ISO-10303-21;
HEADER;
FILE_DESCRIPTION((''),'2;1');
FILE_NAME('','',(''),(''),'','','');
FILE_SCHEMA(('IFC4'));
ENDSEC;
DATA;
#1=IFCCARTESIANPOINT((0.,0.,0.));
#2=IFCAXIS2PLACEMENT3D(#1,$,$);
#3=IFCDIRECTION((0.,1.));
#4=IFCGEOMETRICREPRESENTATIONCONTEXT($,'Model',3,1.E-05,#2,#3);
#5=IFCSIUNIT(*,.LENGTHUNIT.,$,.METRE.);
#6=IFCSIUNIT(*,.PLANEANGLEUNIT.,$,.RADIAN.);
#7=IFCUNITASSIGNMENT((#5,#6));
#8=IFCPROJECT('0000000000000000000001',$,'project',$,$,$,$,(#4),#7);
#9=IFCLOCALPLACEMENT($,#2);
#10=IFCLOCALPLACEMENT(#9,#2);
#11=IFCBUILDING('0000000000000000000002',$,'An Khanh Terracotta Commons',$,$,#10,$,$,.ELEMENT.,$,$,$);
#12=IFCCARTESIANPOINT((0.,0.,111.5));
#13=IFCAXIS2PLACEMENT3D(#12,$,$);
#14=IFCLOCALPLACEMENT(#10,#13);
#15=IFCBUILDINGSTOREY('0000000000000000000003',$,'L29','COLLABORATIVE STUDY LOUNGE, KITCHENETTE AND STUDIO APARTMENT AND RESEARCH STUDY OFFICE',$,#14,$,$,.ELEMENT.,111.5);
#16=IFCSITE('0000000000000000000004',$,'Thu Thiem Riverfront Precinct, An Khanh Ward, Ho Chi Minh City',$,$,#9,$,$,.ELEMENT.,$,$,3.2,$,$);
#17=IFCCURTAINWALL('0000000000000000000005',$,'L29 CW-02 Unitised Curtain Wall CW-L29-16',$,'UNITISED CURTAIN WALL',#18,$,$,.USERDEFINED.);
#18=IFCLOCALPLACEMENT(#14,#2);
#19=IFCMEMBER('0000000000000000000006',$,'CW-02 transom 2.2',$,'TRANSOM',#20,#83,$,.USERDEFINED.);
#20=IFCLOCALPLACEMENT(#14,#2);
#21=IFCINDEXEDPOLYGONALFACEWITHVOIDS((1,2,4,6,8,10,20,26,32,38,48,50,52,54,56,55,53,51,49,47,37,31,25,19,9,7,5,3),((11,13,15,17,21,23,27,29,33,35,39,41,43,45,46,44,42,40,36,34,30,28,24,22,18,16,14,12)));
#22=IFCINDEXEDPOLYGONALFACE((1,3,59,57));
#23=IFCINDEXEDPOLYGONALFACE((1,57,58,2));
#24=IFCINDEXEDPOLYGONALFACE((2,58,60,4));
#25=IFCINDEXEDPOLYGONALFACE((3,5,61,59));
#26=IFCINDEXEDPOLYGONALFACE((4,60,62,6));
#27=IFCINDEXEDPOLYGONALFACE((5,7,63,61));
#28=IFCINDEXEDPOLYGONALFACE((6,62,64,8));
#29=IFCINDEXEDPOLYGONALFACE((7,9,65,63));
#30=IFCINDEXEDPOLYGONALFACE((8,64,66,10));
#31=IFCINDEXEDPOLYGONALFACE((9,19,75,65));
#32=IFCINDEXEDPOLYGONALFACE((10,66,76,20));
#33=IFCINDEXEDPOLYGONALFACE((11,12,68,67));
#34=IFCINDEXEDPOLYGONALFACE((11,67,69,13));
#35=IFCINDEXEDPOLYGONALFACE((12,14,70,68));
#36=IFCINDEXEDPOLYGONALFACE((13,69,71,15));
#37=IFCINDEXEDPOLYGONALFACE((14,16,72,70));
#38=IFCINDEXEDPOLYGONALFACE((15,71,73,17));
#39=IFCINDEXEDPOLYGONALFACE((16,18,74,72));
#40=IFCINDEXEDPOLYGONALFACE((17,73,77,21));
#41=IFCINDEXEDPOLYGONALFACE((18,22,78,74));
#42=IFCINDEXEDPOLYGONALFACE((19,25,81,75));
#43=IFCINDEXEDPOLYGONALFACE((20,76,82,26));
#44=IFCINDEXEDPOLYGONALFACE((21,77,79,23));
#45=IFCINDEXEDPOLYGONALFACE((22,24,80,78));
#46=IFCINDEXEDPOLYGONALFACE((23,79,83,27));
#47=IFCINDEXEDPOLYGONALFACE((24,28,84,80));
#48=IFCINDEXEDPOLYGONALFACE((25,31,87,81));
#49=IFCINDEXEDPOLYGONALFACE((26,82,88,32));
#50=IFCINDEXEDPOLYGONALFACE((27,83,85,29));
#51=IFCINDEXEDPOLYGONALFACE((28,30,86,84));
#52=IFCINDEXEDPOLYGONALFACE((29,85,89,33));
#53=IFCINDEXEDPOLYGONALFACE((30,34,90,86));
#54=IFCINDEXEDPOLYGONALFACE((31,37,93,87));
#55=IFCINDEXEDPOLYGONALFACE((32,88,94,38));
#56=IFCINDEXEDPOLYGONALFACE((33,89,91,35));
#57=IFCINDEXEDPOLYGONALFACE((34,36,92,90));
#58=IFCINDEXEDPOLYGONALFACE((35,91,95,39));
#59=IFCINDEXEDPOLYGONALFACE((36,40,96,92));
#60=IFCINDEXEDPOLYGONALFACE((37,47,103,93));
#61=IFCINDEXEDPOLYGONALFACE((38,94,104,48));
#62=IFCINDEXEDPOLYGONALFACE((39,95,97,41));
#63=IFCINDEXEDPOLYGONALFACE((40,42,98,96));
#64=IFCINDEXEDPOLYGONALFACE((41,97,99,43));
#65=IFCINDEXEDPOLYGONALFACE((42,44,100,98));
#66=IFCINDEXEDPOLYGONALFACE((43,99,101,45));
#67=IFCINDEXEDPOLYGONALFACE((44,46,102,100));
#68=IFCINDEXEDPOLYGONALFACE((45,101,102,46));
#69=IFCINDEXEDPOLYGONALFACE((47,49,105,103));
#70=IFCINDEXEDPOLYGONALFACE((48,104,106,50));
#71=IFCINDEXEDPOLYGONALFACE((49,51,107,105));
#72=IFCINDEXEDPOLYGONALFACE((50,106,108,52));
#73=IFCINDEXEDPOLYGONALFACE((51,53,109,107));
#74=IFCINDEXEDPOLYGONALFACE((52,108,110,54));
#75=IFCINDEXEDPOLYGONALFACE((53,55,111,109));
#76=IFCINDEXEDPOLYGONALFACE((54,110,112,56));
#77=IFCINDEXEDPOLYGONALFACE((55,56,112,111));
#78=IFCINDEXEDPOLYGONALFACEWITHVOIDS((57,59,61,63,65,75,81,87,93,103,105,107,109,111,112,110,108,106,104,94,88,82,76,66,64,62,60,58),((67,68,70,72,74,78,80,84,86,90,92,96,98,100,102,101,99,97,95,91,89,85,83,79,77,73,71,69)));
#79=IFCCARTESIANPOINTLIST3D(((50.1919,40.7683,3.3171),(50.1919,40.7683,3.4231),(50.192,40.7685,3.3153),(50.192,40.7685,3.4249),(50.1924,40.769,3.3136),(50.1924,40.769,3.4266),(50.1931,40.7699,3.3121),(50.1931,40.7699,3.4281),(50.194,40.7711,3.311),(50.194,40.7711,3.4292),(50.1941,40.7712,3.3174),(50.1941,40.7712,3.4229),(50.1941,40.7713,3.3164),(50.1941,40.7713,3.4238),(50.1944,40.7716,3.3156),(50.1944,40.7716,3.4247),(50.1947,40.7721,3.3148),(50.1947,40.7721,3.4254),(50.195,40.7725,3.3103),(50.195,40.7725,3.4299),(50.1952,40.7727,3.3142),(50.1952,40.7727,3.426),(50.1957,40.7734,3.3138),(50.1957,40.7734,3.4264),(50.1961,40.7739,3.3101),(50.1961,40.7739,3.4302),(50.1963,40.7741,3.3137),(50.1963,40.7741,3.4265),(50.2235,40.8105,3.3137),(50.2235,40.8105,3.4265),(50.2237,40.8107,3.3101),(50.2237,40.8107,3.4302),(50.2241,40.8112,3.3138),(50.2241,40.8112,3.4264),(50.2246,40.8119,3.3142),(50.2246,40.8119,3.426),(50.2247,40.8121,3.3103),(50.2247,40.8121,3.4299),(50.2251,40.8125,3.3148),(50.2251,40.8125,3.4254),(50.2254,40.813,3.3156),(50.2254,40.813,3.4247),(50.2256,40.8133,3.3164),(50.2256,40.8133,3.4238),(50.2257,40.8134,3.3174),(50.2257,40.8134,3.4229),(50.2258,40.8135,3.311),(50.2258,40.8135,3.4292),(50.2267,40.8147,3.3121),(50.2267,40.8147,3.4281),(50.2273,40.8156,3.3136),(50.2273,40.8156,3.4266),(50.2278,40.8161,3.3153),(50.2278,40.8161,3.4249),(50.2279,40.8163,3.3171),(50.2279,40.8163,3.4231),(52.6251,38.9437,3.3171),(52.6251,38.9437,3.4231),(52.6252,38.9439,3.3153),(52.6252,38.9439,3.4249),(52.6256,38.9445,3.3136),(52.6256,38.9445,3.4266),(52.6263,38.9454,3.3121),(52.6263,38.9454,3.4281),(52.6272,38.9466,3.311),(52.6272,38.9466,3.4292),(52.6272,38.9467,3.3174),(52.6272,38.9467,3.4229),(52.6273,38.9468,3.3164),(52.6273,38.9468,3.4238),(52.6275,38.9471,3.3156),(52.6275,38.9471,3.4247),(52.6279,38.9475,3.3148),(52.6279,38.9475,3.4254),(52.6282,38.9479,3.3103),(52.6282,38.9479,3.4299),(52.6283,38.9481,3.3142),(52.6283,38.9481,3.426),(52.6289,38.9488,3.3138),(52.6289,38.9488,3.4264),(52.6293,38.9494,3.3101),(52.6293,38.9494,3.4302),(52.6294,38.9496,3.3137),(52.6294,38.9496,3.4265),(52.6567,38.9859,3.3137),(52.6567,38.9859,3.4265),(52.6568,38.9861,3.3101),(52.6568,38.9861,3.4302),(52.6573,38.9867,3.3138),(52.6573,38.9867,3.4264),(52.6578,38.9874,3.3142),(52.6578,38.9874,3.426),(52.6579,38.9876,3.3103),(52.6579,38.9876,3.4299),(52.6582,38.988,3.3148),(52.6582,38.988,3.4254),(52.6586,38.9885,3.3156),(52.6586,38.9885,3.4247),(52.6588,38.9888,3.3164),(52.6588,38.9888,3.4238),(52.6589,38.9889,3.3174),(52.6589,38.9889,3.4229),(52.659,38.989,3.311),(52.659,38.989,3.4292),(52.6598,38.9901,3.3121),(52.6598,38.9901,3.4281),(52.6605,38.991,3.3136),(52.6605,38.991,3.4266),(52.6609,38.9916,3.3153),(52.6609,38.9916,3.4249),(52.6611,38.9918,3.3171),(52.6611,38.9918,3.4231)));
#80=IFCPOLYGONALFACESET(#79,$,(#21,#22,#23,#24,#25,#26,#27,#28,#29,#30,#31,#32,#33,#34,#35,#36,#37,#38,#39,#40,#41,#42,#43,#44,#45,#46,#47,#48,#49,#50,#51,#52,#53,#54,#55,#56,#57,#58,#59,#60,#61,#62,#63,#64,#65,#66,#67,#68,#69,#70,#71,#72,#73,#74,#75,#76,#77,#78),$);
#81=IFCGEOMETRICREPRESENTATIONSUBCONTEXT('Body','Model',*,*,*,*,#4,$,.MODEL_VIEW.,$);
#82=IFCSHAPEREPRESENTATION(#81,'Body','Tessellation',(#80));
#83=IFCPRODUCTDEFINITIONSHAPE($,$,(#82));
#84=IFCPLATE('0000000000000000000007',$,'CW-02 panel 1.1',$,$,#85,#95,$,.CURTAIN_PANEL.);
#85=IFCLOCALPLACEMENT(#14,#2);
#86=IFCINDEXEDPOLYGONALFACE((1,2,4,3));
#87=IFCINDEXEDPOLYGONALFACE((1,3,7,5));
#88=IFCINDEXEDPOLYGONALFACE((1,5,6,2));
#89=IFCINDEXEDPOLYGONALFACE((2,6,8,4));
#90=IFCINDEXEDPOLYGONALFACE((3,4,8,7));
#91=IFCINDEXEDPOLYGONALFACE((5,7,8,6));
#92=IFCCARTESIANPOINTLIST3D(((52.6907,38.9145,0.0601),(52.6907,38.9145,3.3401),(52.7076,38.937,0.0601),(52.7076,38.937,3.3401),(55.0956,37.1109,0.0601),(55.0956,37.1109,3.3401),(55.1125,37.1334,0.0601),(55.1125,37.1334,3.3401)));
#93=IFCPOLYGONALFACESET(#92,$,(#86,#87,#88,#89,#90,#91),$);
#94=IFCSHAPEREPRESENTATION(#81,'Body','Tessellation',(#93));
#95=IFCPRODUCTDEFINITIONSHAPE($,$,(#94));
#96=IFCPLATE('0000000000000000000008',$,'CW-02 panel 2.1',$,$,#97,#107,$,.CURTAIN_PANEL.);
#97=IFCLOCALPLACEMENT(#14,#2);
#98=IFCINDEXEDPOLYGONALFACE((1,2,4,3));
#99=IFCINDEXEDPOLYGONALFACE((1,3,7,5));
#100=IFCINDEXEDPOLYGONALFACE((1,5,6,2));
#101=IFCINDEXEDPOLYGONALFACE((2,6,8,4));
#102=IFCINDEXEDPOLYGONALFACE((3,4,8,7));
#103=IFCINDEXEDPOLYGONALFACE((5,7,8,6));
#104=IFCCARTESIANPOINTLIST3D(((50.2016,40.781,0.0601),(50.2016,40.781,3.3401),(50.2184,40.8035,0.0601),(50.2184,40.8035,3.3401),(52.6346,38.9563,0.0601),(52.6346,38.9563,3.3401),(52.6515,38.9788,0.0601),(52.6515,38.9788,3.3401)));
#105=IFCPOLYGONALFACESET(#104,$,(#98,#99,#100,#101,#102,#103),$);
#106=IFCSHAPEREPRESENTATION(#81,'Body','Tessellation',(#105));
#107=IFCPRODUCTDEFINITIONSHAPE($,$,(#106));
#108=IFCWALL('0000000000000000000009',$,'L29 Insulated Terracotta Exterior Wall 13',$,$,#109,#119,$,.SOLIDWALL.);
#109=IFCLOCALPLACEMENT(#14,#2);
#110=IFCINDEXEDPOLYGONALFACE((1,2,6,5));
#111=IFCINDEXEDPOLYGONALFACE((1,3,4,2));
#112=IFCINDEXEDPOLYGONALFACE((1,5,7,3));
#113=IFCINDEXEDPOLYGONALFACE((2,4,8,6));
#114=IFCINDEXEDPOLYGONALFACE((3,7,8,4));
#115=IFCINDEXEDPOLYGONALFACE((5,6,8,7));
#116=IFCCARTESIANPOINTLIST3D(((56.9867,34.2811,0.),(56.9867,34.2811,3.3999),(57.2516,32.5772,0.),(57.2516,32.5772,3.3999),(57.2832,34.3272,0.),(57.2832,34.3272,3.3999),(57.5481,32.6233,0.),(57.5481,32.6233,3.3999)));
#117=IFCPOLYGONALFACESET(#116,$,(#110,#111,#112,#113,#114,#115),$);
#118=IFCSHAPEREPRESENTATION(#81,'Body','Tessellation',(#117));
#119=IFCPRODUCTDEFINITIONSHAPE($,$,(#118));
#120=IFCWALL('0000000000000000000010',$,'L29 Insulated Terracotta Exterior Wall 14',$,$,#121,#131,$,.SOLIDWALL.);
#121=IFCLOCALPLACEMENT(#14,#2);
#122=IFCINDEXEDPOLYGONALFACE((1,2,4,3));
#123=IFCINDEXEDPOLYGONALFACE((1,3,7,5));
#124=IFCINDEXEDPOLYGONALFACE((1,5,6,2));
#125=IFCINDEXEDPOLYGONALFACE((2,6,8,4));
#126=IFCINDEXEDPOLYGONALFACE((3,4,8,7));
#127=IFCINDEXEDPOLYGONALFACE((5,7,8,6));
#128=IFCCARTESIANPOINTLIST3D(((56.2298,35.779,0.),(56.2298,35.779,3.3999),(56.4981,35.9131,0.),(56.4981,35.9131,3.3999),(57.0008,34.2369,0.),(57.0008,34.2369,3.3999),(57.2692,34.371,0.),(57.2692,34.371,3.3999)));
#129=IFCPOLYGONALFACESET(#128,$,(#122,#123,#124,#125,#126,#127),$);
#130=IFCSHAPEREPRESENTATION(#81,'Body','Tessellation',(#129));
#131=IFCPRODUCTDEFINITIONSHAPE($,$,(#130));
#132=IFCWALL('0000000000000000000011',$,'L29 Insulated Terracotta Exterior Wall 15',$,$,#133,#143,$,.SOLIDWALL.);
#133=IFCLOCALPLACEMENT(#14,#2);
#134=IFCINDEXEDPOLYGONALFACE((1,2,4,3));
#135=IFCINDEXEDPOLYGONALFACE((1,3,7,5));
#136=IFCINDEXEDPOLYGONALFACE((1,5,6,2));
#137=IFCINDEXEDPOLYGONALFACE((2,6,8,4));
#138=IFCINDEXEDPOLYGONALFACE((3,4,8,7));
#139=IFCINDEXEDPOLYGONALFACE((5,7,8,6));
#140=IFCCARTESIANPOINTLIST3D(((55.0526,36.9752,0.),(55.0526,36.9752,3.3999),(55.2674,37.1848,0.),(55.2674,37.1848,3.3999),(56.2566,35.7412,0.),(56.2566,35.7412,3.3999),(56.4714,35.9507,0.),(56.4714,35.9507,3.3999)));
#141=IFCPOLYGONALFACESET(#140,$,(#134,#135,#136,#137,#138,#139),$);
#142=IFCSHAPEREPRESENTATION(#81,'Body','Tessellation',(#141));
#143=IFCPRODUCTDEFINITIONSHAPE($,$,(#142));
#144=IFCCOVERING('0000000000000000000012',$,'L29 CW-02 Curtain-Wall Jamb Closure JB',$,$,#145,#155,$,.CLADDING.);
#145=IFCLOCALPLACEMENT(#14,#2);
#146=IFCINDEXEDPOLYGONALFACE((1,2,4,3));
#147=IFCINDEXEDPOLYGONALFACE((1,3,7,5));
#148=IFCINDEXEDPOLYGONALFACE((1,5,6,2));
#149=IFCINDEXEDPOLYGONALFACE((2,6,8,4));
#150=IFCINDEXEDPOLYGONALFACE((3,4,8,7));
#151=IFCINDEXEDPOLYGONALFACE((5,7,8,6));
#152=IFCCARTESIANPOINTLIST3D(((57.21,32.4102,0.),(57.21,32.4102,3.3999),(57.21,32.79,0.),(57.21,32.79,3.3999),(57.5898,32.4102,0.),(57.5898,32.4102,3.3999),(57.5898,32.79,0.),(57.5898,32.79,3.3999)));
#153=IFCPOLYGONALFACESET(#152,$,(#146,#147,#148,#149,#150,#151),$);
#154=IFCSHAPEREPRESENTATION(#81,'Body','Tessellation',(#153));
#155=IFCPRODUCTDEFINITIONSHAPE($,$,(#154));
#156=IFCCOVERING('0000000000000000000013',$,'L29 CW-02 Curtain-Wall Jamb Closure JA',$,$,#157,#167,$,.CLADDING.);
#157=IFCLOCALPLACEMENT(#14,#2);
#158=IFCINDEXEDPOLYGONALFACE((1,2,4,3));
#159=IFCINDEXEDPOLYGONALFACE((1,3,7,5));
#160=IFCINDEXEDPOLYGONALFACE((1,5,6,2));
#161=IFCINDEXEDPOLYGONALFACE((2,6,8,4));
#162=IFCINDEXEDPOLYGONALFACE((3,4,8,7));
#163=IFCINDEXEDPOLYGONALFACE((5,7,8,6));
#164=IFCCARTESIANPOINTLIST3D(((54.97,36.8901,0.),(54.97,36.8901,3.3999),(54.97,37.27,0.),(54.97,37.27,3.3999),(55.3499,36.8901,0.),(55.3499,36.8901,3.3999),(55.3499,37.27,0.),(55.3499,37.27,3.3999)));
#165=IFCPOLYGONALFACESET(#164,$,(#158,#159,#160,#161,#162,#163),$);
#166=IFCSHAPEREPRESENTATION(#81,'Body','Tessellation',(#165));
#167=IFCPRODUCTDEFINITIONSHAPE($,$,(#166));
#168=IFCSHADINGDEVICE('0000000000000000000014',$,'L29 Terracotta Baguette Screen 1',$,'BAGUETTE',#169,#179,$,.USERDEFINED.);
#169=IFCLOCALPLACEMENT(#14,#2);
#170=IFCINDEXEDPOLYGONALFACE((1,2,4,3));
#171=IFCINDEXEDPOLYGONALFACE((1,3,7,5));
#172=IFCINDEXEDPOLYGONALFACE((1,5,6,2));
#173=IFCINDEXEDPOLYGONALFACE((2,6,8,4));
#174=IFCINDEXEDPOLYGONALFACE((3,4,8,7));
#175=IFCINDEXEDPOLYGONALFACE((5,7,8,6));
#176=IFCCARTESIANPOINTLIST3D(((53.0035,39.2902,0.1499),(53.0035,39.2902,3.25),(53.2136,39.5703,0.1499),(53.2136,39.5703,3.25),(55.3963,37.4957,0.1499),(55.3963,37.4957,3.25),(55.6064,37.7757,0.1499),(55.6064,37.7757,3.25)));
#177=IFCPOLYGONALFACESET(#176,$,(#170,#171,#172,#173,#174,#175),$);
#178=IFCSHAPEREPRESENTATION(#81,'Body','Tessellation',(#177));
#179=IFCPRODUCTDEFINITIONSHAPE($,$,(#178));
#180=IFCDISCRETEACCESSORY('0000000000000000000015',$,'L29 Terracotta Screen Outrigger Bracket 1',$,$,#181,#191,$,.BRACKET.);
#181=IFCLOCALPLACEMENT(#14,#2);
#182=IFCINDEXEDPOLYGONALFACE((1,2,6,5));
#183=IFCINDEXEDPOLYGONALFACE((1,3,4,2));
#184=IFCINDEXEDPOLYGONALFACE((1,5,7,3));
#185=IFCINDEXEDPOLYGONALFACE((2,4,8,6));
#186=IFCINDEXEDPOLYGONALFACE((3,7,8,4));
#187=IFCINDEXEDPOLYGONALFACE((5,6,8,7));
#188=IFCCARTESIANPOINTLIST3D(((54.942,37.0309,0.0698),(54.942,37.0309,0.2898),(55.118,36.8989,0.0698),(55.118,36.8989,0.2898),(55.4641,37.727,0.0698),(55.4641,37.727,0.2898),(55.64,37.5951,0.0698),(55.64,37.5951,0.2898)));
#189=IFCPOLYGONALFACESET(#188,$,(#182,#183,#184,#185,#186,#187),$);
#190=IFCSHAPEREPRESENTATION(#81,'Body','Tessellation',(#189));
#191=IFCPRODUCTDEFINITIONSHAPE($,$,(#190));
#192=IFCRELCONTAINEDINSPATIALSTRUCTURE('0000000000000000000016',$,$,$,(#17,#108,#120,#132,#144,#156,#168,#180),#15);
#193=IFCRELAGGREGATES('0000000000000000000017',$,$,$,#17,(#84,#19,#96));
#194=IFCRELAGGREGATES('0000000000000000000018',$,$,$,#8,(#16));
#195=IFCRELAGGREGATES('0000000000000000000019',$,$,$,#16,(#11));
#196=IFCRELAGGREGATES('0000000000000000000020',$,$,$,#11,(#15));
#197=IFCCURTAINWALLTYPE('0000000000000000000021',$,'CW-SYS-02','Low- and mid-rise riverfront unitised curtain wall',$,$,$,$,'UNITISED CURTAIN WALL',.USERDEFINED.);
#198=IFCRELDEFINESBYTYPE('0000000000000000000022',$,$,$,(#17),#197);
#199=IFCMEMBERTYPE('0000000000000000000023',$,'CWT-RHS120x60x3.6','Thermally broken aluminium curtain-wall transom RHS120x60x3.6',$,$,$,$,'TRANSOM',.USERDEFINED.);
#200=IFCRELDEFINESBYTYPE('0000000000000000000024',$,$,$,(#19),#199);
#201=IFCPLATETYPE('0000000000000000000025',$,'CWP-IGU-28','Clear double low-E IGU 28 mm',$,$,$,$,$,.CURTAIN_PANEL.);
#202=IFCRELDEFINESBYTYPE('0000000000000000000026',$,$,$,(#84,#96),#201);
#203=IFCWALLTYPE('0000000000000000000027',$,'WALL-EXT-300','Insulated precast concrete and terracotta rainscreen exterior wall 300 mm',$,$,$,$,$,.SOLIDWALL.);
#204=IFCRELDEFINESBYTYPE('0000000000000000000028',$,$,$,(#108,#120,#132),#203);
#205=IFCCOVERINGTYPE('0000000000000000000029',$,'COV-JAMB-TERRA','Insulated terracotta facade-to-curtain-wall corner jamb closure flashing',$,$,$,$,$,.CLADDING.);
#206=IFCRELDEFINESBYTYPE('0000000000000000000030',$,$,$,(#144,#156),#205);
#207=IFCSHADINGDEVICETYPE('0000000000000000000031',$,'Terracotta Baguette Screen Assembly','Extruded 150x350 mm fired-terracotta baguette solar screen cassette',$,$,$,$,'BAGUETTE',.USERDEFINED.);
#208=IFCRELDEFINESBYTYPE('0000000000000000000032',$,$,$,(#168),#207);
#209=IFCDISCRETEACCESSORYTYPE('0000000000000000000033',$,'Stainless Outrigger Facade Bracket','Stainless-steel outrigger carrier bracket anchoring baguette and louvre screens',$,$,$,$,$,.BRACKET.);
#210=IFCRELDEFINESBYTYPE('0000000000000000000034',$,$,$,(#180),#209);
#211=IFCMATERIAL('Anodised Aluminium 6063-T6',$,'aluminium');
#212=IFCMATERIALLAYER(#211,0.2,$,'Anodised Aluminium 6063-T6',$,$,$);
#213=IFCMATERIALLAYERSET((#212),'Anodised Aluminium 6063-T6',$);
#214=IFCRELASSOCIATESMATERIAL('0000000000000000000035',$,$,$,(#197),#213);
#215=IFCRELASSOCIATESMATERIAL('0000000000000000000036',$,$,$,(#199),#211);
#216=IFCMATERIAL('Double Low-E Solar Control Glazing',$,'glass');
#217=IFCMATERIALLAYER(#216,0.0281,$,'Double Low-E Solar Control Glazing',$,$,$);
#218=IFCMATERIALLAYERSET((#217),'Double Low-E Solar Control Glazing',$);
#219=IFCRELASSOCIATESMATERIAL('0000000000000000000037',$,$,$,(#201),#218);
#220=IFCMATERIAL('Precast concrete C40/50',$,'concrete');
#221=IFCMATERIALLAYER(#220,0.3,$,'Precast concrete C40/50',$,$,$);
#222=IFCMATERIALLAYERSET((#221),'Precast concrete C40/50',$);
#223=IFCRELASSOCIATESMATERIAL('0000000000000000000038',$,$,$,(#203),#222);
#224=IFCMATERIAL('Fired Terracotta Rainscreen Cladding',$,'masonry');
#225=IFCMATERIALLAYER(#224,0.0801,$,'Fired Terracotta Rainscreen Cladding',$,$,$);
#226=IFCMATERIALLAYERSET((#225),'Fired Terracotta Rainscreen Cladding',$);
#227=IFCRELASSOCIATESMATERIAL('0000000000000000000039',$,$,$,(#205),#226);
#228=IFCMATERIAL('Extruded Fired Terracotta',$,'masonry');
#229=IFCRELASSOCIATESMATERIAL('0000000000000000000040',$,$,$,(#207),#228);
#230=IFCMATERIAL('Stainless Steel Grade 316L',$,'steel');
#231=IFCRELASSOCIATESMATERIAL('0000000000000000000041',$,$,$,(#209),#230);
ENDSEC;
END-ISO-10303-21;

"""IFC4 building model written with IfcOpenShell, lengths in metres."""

from ifc_helpers import new_model, si_unit, direction, frame, frame_2d, origin, origin_2d, place, context, subcontext, project, spatial, rectangle, hollow_rectangle, extrude, material, layer, layer_set, material_profile, profile_set, type_object, element, aggregate, save


model = new_model("IFC4")

# Units and contexts
model_context = context("Model", 3, precision=1e-05, world=origin(), true_north=direction((0.0, 1.0)))
body_context = subcontext(model_context, "Body", "Model", "MODEL_VIEW")
ifc_project = project(units=[si_unit("LENGTHUNIT", "METRE"), si_unit("PLANEANGLEUNIT", "RADIAN")], contexts=[model_context])

# Site, building, storey
site_placement = place(None, origin())
site = spatial("IfcSite", under=ifc_project, at=site_placement, Name="Thu Thiem Riverfront Precinct, An Khanh Ward, Ho Chi Minh City", CompositionType="ELEMENT", RefElevation=3.2)
building_placement = place(site_placement, origin())
building = spatial("IfcBuilding", under=site, at=building_placement, Name="An Khanh Terracotta Commons", CompositionType="ELEMENT")
storey_placement = place(building_placement, frame((0.0, 0.0, 111.5)))
storey = spatial("IfcBuildingStorey", under=building, at=storey_placement, Name="L29", Description="COLLABORATIVE STUDY LOUNGE, KITCHENETTE AND STUDIO APARTMENT AND RESEARCH STUDY OFFICE", CompositionType="ELEMENT", Elevation=111.5)

# Shared definitions
ifc_material_1 = material(Name="Anodised Aluminium 6063-T6", Category="aluminium")
ifc_layer_1 = layer(ifc_material_1, 0.2, Name="Anodised Aluminium 6063-T6")
ifc_layer_set_1 = layer_set([ifc_layer_1], Name="Anodised Aluminium 6063-T6")
curtain_wall_type = type_object("IfcCurtainWallType", Name="CW-SYS-02", Description="Low- and mid-rise riverfront unitised curtain wall", ElementType="UNITISED CURTAIN WALL", PredefinedType="USERDEFINED", material=ifc_layer_set_1)

# Curtain wall, member, plates
curtain_wall_1_placement = place(storey_placement, origin())
curtain_wall_1 = element("IfcCurtainWall", 1, at=curtain_wall_1_placement, inside=storey, type_object=curtain_wall_type, Name="L29 CW-02 Unitised Curtain Wall CW-L29-16", ObjectType="UNITISED CURTAIN WALL", PredefinedType="USERDEFINED")
ifc_material_profile_1 = material_profile(ifc_material_1, hollow_rectangle(XDim=0.0601, YDim=0.1201, WallThickness=0.0037, InnerFilletRadius=0.0037, OuterFilletRadius=0.0071, at=origin_2d()), Name="RHS120x60x3.6")
ifc_profile_set_1 = profile_set([ifc_material_profile_1], Name="Anodised Aluminium 6063-T6")
member_type_1 = type_object("IfcMemberType", Name="CWT-RHS120x60x3.6", Description="Thermally broken aluminium curtain-wall transom RHS120x60x3.6", ElementType="TRANSOM", PredefinedType="USERDEFINED", material=ifc_profile_set_1)
member_1_placement = place(storey_placement, frame((52.6431, 38.9678, 3.3701), z_axis=(-0.800058, 0.599923, 0.0), x_axis=(-0.599923, -0.800058, 0.0)))
member_1 = element("IfcMember", 2, at=member_1_placement, type_object=member_type_1, Name="CW-02 transom 2.2", ObjectType="TRANSOM", PredefinedType="USERDEFINED", context=body_context, shape_type="SweptSolid", body=[
    extrude(hollow_rectangle(XDim=0.0601, YDim=0.1201, WallThickness=0.0037, InnerFilletRadius=0.0037, OuterFilletRadius=0.0071, at=origin_2d()), origin(), (0.0, 0.0, 1.0), 3.0413),
])
ifc_material_2 = material(Name="Double Low-E Solar Control Glazing", Category="glass")
ifc_layer_2 = layer(ifc_material_2, 0.0281, Name="Double Low-E Solar Control Glazing")
ifc_layer_set_2 = layer_set([ifc_layer_2], Name="Double Low-E Solar Control Glazing")
plate_type = type_object("IfcPlateType", Name="CWP-IGU-28", Description="Clear double low-E IGU 28 mm", PredefinedType="CURTAIN_PANEL", material=ifc_layer_set_2)
plate_1_placement = place(storey_placement, frame((53.9016, 38.0239, 0.0601), z_axis=(0.0, 0.0, 1.0), x_axis=(-0.800013, 0.599983, 0.0)))
plate_1 = element("IfcPlate", 3, at=plate_1_placement, type_object=plate_type, Name="CW-02 panel 1.1", PredefinedType="CURTAIN_PANEL", context=body_context, shape_type="SweptSolid", body=[
    extrude(rectangle(XDim=3.0061, YDim=0.0281, at=origin_2d()), origin(), (0.0, 0.0, 1.0), 3.28),
])
plate_2_placement = place(storey_placement, frame((51.4265, 39.8799, 0.0601), z_axis=(0.0, 0.0, 1.0), x_axis=(-0.800013, 0.599983, 0.0)))
plate_2 = element("IfcPlate", 4, at=plate_2_placement, type_object=plate_type, Name="CW-02 panel 2.1", PredefinedType="CURTAIN_PANEL", context=body_context, shape_type="SweptSolid", body=[
    extrude(rectangle(XDim=3.0413, YDim=0.0281, at=origin_2d()), origin(), (0.0, 0.0, 1.0), 3.28),
])
aggregate(curtain_wall_1, [plate_1, member_1, plate_2])

# Walls
ifc_material_3 = material(Name="Precast concrete C40/50", Category="concrete")
ifc_layer_3 = layer(ifc_material_3, 0.3, Name="Precast concrete C40/50")
ifc_layer_set_3 = layer_set([ifc_layer_3], Name="Precast concrete C40/50")
wall_type = type_object("IfcWallType", Name="WALL-EXT-300", Description="Insulated precast concrete and terracotta rainscreen exterior wall 300 mm", PredefinedType="SOLIDWALL", material=ifc_layer_set_3)
wall_placement = place(storey_placement, frame((57.3999, 32.6001, 0.0), z_axis=(0.0, 0.0, 1.0), x_axis=(-0.153621, 0.98813, 0.0)))
element("IfcWall", 5, at=wall_placement, inside=storey, type_object=wall_type, Name="L29 Insulated Terracotta Exterior Wall 13", PredefinedType="SOLIDWALL", context=body_context, shape_type="SweptSolid", body=[
    extrude(rectangle(XDim=1.7244, YDim=0.3, at=frame_2d((0.8623, 0.0))), origin(), (0.0, 0.0, 1.0), 3.3999),
])
for number, where, z_axis, x_axis, name in (
    (6, (57.135, 34.304, 0.0), (0.0, 0.0, 1.0), (-0.447214, 0.894427, 0.0), "L29 Insulated Terracotta Exterior Wall 14"),
    (7, (56.364, 35.8459, 0.0), (0.0, 0.0, 1.0), (-0.698345, 0.715761, 0.0), "L29 Insulated Terracotta Exterior Wall 15"),
):
    element("IfcWall", number, at=place(storey_placement, frame(where, z_axis=z_axis, x_axis=x_axis)), inside=storey, type_object=wall_type, Name=name, PredefinedType="SOLIDWALL", context=body_context, shape_type="SweptSolid", body=[
        extrude(rectangle(XDim=1.7241, YDim=0.3, at=frame_2d((0.8621, 0.0))), origin(), (0.0, 0.0, 1.0), 3.3999),
    ])

# Coverings
ifc_material_4 = material(Name="Fired Terracotta Rainscreen Cladding", Category="masonry")
ifc_layer_4 = layer(ifc_material_4, 0.0801, Name="Fired Terracotta Rainscreen Cladding")
ifc_layer_set_4 = layer_set([ifc_layer_4], Name="Fired Terracotta Rainscreen Cladding")
covering_type = type_object("IfcCoveringType", Name="COV-JAMB-TERRA", Description="Insulated terracotta facade-to-curtain-wall corner jamb closure flashing", PredefinedType="CLADDING", material=ifc_layer_set_4)
for number, where, z_axis, x_axis, name in (
    (8, (57.3999, 32.6001, 0.0), (0.0, 0.0, 1.0), (1.0, 0.0, 0.0), "L29 CW-02 Curtain-Wall Jamb Closure JB"),
    (9, (55.1599, 37.0801, 0.0), (0.0, 0.0, 1.0), (1.0, 0.0, 0.0), "L29 CW-02 Curtain-Wall Jamb Closure JA"),
):
    element("IfcCovering", number, at=place(storey_placement, frame(where, z_axis=z_axis, x_axis=x_axis)), inside=storey, type_object=covering_type, Name=name, PredefinedType="CLADDING", context=body_context, shape_type="SweptSolid", body=[
        extrude(rectangle(XDim=0.3799, YDim=0.3799, at=origin_2d()), origin(), (0.0, 0.0, 1.0), 3.3999),
    ])

# Shading device
ifc_material_5 = material(Name="Extruded Fired Terracotta", Category="masonry")
shading_device_type = type_object("IfcShadingDeviceType", Name="Terracotta Baguette Screen Assembly", Description="Extruded 150x350 mm fired-terracotta baguette solar screen cassette", ElementType="BAGUETTE", PredefinedType="USERDEFINED", material=ifc_material_5)
shading_device_placement = place(storey_placement, frame((54.3049, 38.533, 0.1499), z_axis=(0.0, 0.0, 1.0), x_axis=(-0.800013, 0.599983, 0.0)))
element("IfcShadingDevice", 10, at=shading_device_placement, inside=storey, type_object=shading_device_type, Name="L29 Terracotta Baguette Screen 1", ObjectType="BAGUETTE", PredefinedType="USERDEFINED", context=body_context, shape_type="SweptSolid", body=[
    extrude(rectangle(XDim=2.991, YDim=0.3501, at=origin_2d()), origin(), (0.0, 0.0, 1.0), 3.1001),
])

# Discrete accessory
ifc_material_6 = material(Name="Stainless Steel Grade 316L", Category="steel")
discrete_accessory_type = type_object("IfcDiscreteAccessoryType", Name="Stainless Outrigger Facade Bracket", Description="Stainless-steel outrigger carrier bracket anchoring baguette and louvre screens", PredefinedType="BRACKET", material=ifc_material_6)
for number, where, z_axis, x_axis, name in (
    (11, (55.291, 37.313, 0.0698), (0.0, 0.0, 1.0), (-0.800013, 0.599983, 0.0), "L29 Terracotta Screen Outrigger Bracket 1"),
):
    element("IfcDiscreteAccessory", number, at=place(storey_placement, frame(where, z_axis=z_axis, x_axis=x_axis)), inside=storey, type_object=discrete_accessory_type, Name=name, PredefinedType="BRACKET", context=body_context, shape_type="SweptSolid", body=[
        extrude(rectangle(XDim=0.22, YDim=0.8701, at=origin_2d()), origin(), (0.0, 0.0, 1.0), 0.22),
    ])

save(model, "model.ifc")
